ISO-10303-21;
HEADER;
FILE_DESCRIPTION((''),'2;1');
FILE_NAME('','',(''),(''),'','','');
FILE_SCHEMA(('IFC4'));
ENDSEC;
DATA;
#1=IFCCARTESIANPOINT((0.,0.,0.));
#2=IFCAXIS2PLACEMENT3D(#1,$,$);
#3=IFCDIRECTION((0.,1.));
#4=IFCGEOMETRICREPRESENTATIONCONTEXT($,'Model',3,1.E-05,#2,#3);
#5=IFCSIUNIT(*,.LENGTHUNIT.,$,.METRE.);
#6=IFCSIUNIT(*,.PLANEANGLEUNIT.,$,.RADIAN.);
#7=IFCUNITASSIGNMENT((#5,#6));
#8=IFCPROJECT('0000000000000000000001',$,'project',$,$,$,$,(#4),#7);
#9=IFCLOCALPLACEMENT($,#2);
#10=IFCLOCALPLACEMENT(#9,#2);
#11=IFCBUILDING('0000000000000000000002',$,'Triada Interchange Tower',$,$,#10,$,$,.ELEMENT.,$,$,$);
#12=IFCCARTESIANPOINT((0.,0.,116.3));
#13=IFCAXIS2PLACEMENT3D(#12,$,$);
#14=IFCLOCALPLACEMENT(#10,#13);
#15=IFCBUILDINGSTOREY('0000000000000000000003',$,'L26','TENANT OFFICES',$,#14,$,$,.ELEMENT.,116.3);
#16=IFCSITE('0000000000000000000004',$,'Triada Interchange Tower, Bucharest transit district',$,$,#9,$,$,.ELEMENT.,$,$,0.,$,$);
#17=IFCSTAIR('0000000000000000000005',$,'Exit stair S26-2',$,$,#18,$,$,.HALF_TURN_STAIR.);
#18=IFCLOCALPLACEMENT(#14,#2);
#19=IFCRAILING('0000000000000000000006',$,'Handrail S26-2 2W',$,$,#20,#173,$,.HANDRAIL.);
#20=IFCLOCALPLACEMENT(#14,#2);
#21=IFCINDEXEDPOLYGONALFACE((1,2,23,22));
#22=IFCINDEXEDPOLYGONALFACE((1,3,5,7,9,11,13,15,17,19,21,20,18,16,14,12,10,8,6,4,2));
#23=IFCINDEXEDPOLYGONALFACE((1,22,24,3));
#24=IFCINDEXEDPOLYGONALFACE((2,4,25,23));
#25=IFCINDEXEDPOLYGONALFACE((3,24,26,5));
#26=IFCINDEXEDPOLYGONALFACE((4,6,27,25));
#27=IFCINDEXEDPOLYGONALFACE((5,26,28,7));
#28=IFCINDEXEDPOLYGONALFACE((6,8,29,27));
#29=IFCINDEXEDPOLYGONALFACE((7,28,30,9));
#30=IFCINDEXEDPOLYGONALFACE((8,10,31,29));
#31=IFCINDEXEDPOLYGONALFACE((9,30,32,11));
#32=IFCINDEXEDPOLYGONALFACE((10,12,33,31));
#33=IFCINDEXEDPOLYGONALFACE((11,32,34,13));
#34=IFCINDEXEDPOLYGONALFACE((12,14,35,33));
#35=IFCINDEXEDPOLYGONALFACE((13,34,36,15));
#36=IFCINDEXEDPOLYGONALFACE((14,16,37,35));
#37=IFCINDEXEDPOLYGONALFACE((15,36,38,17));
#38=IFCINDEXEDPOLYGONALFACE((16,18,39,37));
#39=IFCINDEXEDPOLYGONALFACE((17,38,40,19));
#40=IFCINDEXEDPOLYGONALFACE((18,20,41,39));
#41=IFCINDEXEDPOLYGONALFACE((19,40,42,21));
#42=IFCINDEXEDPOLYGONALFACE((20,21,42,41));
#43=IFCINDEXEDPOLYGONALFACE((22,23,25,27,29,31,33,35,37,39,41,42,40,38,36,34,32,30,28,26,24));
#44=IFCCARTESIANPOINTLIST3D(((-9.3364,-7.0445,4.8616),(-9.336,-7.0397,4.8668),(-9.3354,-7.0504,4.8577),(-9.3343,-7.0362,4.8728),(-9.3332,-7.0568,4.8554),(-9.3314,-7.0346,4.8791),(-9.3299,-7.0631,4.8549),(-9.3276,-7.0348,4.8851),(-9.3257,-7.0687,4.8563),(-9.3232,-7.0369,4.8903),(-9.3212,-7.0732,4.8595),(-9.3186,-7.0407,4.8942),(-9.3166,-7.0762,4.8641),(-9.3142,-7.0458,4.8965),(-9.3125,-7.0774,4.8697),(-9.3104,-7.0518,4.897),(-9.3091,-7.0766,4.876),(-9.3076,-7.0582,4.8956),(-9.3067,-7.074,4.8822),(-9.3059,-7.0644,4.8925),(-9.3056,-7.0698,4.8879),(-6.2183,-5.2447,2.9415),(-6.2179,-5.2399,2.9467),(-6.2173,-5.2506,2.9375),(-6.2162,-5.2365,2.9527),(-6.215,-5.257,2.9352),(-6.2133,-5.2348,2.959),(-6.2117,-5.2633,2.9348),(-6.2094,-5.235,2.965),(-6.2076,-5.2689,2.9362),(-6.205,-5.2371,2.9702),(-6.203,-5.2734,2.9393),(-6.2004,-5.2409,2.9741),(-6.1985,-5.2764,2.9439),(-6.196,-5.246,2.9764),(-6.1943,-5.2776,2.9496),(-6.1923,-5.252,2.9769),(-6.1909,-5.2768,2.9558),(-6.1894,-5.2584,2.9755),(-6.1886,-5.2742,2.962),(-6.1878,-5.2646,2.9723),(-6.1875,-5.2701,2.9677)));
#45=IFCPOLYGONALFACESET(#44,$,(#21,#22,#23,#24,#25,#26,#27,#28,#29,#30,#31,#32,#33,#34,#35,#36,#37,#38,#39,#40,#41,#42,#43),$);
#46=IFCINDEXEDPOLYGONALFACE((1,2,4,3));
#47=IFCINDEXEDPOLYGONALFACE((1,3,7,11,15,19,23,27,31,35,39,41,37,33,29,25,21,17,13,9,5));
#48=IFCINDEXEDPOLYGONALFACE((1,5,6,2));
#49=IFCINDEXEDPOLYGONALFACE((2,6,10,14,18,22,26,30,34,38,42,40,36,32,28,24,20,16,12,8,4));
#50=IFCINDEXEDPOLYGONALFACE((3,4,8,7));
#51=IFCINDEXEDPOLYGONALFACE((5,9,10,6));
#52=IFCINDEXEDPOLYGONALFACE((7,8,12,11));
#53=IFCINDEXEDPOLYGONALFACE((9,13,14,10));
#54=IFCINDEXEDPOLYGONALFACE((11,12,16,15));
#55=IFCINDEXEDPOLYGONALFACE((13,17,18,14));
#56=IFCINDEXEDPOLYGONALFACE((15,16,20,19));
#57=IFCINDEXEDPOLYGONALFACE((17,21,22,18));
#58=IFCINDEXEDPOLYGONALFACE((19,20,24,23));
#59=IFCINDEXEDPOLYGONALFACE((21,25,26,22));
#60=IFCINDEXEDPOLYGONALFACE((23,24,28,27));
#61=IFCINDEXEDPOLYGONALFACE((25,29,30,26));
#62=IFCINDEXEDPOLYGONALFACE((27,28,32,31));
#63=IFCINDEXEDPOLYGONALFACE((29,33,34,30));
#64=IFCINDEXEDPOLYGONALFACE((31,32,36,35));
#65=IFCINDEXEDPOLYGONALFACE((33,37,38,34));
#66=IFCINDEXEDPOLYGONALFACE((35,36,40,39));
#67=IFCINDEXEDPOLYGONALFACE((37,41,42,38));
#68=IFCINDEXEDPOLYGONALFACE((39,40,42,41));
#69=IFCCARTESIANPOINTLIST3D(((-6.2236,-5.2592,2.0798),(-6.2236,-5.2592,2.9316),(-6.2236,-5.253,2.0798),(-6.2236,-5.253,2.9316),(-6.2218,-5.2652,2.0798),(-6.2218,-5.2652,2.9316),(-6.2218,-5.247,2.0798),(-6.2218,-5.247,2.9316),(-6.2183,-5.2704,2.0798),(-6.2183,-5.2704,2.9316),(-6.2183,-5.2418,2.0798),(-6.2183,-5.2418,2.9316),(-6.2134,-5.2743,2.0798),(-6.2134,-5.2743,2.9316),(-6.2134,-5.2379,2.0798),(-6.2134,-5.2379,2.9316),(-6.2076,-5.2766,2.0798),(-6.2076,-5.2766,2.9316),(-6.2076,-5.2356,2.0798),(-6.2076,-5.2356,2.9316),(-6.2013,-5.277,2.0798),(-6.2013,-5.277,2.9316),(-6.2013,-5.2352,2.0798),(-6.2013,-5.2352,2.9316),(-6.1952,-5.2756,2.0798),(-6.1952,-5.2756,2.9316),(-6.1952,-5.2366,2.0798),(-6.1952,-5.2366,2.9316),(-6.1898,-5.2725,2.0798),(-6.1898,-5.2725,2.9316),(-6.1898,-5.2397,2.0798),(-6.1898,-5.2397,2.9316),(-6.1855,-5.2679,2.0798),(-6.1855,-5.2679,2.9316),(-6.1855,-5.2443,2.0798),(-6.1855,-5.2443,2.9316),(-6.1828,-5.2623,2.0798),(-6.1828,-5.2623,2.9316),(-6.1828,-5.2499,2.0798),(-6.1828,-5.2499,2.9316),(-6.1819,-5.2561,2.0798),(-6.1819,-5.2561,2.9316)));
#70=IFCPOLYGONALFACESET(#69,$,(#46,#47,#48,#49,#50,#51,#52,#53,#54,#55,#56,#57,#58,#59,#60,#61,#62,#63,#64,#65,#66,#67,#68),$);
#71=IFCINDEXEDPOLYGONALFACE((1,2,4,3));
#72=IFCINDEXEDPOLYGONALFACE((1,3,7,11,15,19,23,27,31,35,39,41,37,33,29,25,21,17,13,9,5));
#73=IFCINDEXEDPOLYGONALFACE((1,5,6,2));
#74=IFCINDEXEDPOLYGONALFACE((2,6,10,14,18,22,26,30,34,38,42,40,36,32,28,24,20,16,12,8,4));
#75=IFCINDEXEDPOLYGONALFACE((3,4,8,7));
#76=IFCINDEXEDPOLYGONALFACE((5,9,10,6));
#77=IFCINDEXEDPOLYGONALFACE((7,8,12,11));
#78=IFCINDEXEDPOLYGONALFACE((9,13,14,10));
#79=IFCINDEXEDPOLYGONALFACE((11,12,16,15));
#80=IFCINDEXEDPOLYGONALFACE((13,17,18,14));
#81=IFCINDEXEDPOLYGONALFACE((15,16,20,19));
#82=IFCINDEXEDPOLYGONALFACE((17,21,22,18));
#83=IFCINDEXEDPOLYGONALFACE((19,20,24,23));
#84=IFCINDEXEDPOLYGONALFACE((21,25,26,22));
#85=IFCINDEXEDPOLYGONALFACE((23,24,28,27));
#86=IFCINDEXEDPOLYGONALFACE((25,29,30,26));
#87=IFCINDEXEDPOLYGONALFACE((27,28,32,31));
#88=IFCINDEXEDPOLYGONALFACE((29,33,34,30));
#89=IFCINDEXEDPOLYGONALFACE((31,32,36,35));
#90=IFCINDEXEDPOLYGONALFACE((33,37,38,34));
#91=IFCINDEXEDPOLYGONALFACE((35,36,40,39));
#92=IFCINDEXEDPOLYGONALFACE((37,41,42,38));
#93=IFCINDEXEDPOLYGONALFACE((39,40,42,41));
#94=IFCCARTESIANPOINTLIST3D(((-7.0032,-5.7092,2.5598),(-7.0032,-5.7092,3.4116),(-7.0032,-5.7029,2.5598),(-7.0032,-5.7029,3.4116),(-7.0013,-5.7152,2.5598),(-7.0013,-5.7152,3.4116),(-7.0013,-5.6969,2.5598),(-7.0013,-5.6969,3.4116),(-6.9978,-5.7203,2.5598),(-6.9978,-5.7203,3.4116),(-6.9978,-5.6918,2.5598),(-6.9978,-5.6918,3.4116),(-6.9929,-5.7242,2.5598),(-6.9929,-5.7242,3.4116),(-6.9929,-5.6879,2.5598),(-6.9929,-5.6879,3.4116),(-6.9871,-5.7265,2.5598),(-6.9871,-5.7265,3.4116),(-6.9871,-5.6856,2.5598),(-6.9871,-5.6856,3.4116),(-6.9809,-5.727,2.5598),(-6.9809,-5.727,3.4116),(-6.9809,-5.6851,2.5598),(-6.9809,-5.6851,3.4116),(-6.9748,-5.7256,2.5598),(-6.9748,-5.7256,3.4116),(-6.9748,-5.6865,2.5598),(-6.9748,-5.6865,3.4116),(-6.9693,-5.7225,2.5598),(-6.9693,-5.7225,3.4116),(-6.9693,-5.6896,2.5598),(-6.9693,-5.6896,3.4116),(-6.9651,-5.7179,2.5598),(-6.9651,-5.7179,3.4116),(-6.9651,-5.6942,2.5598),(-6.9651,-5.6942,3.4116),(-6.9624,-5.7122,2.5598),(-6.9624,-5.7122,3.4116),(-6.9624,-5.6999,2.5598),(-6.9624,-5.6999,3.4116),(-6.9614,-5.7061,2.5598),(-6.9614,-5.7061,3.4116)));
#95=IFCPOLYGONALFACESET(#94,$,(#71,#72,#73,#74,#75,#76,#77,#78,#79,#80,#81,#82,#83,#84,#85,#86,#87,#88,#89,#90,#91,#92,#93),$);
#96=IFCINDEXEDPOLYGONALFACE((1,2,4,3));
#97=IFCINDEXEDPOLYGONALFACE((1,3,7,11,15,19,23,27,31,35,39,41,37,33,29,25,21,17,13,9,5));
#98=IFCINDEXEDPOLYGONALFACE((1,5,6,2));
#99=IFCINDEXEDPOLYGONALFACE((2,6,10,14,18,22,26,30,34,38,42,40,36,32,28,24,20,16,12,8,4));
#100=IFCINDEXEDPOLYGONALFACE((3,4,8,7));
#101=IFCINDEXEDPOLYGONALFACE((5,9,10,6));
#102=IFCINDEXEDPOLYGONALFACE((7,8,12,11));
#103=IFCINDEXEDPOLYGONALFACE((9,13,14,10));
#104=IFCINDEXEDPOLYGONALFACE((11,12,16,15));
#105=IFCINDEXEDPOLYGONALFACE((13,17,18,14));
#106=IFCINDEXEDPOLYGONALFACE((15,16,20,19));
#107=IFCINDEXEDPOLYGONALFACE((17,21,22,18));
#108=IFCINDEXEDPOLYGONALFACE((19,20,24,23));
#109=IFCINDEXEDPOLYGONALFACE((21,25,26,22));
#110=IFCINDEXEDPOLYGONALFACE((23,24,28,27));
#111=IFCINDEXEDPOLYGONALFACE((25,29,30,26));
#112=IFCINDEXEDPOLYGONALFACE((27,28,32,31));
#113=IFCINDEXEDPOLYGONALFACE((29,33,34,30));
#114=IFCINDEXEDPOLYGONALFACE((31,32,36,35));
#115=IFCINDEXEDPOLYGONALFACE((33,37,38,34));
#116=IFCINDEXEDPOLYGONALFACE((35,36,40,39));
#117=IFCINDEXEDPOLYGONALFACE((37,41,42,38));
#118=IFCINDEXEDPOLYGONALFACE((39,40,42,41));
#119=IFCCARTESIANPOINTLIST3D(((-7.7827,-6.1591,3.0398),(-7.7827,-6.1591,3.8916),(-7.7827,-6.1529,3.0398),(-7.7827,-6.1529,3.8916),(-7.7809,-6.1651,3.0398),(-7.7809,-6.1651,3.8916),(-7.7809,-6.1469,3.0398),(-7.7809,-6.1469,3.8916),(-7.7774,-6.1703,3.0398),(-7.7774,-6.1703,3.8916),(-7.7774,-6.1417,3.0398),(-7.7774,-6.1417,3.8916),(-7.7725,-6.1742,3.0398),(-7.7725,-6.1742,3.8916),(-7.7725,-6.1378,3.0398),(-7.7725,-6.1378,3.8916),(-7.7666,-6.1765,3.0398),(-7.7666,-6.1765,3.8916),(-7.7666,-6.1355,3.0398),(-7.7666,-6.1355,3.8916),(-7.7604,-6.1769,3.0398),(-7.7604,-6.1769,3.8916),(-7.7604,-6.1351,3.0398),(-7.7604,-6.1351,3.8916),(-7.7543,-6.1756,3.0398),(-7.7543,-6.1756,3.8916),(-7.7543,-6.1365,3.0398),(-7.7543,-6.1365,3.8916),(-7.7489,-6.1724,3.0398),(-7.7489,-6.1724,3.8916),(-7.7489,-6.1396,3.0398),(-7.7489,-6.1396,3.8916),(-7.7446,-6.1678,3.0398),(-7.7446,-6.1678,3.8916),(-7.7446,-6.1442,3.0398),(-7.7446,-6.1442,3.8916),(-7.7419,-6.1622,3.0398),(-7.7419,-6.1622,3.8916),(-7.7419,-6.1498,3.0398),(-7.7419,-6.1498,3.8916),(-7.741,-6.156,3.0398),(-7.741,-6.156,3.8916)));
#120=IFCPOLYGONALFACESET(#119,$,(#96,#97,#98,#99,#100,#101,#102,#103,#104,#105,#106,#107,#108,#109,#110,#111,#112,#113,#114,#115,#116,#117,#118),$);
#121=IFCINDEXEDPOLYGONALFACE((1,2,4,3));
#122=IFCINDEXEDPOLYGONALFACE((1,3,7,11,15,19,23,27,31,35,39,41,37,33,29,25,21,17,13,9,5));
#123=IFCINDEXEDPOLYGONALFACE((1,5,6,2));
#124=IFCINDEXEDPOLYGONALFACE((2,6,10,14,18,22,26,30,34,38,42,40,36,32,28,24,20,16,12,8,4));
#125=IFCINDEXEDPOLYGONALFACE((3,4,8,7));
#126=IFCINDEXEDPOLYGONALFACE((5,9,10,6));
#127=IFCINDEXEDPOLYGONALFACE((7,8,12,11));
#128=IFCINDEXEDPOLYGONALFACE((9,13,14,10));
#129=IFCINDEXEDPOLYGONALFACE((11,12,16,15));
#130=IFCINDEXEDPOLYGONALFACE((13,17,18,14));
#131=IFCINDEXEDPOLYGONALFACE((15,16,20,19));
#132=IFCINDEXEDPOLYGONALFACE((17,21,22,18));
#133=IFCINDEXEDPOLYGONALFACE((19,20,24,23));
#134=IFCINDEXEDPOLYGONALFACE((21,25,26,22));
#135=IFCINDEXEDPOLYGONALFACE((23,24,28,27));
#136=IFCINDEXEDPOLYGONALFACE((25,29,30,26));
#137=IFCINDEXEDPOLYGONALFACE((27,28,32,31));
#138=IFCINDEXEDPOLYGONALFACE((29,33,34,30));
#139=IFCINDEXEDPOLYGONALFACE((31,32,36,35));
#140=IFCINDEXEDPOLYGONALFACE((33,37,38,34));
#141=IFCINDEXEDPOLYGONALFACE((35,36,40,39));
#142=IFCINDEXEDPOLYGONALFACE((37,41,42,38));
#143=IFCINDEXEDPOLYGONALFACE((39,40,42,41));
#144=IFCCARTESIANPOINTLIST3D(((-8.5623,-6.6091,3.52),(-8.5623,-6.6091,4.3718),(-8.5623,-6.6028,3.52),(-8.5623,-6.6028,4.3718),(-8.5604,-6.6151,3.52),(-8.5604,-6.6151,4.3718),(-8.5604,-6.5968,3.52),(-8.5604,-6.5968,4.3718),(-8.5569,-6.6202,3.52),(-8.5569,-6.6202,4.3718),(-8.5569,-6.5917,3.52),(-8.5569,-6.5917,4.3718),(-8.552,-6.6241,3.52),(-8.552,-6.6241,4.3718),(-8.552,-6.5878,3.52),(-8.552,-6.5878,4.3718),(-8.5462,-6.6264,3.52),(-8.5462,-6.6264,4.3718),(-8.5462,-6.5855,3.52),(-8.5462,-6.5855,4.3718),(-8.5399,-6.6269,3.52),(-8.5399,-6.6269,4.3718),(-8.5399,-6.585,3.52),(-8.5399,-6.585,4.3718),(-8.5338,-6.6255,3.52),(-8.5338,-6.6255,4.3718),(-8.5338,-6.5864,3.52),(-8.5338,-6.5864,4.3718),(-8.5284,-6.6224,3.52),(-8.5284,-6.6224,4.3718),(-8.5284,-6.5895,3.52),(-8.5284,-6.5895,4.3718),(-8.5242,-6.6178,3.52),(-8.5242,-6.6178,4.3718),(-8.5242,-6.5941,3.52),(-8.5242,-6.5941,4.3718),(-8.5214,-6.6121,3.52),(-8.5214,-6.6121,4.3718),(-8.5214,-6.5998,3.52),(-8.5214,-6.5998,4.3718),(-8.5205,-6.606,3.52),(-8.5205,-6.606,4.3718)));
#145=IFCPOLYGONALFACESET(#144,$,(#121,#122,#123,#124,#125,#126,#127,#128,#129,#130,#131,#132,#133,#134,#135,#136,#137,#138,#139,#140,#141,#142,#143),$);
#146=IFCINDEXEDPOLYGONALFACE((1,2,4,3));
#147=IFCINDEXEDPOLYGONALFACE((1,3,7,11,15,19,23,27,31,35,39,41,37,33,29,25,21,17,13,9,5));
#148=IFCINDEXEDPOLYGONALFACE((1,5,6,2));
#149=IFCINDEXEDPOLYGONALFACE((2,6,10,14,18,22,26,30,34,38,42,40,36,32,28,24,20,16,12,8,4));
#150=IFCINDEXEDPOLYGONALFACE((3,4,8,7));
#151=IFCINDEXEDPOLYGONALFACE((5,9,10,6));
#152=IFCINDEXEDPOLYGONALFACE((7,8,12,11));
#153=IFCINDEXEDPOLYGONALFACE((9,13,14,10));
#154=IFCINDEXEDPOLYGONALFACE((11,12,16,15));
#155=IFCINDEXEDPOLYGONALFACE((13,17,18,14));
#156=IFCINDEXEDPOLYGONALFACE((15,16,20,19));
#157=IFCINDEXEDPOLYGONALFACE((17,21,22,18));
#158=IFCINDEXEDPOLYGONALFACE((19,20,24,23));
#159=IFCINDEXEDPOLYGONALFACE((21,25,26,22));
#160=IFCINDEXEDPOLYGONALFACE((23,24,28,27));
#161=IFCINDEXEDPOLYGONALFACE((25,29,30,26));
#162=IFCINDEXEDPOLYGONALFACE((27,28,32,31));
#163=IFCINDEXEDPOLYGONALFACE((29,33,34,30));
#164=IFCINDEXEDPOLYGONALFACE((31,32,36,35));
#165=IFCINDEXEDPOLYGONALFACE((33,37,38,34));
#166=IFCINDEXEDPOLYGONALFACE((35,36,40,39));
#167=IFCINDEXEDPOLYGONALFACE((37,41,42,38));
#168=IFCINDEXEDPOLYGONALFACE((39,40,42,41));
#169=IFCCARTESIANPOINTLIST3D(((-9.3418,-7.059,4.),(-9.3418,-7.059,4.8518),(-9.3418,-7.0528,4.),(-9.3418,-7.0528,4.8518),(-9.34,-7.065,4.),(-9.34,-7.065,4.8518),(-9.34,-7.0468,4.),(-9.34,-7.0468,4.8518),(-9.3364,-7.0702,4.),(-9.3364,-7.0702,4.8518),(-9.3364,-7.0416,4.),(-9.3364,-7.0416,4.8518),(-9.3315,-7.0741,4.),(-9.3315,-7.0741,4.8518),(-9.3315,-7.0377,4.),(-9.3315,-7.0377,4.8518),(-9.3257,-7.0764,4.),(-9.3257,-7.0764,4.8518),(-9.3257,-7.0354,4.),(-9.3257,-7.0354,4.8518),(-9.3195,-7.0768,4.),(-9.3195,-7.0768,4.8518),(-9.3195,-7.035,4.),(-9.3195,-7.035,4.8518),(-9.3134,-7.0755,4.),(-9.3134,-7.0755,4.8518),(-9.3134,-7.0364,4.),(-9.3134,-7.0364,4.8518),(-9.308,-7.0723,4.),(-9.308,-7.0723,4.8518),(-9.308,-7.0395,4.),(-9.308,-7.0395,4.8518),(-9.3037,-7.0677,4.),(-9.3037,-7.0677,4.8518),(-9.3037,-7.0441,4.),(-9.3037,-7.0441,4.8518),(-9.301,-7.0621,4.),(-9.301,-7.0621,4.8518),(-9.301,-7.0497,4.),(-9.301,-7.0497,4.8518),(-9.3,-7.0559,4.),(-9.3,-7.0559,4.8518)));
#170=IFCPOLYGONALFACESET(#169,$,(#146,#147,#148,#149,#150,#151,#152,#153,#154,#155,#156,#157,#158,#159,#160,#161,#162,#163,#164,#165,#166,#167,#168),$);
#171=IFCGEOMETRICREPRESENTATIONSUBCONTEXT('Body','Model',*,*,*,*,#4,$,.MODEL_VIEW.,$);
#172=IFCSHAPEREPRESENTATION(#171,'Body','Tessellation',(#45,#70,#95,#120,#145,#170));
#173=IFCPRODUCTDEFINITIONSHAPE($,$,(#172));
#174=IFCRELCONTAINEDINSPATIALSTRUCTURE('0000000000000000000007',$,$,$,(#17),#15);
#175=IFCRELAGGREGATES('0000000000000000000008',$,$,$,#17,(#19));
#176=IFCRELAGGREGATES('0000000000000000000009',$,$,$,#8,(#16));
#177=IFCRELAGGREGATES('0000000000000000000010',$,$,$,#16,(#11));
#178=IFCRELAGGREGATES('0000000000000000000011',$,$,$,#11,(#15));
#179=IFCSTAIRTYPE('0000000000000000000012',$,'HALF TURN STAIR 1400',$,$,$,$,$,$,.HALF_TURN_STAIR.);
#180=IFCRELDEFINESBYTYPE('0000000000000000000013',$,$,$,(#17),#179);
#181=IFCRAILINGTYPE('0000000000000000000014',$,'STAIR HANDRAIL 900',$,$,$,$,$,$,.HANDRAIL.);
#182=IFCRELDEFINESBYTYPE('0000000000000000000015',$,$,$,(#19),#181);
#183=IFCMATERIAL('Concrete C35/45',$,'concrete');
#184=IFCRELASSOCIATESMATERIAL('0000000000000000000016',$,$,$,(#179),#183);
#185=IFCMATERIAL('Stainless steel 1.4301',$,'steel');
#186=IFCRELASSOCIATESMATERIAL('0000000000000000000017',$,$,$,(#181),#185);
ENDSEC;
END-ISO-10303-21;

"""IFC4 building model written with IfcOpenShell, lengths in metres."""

from ifc_helpers import new_model, si_unit, direction, frame, origin, origin_2d, place, context, subcontext, project, spatial, circle, extrude, material, type_object, element, aggregate, save


model = new_model("IFC4")

# Units and contexts
model_context = context("Model", 3, precision=1e-05, world=origin(), true_north=direction((0.0, 1.0)))
body_context = subcontext(model_context, "Body", "Model", "MODEL_VIEW")
ifc_project = project(units=[si_unit("LENGTHUNIT", "METRE"), si_unit("PLANEANGLEUNIT", "RADIAN")], contexts=[model_context])

# Site, building, storey
site_placement = place(None, origin())
site = spatial("IfcSite", under=ifc_project, at=site_placement, Name="Triada Interchange Tower, Bucharest transit district", CompositionType="ELEMENT", RefElevation=0.0)
building_placement = place(site_placement, origin())
building = spatial("IfcBuilding", under=site, at=building_placement, Name="Triada Interchange Tower", CompositionType="ELEMENT")
storey_placement = place(building_placement, frame((0.0, 0.0, 116.3)))
storey = spatial("IfcBuildingStorey", under=building, at=storey_placement, Name="L26", Description="TENANT OFFICES", CompositionType="ELEMENT", Elevation=116.3)

# Stair, railing
ifc_material_1 = material(Name="Concrete C35/45", Category="concrete")
stair_type = type_object("IfcStairType", Name="HALF TURN STAIR 1400", PredefinedType="HALF_TURN_STAIR", material=ifc_material_1)
stair_placement = place(storey_placement, origin())
stair = element("IfcStair", 1, at=stair_placement, inside=storey, type_object=stair_type, Name="Exit stair S26-2", PredefinedType="HALF_TURN_STAIR")
ifc_material_2 = material(Name="Stainless steel 1.4301", Category="steel")
railing_type = type_object("IfcRailingType", Name="STAIR HANDRAIL 900", PredefinedType="HANDRAIL", material=ifc_material_2)
railing_1_placement = place(storey_placement, frame((-6.2029, -5.2561, 2.0798)))
railing_1 = element("IfcRailing", 2, at=railing_1_placement, type_object=railing_type, Name="Handrail S26-2 2W", PredefinedType="HANDRAIL", context=body_context, shape_type="SweptSolid", body=[
    extrude(circle(Radius=0.0239, at=origin_2d()), frame((0.0, 0.0, 0.876), z_axis=(-0.76419, -0.44109, 0.470588), x_axis=(0.499902, -0.866082, 0.0)), (0.0, 0.0, 1.0), 4.0803),
    extrude(circle(Radius=0.021, at=origin_2d()), origin(), (0.0, 0.0, 1.0), 0.8518),
    extrude(circle(Radius=0.021, at=origin_2d()), frame((-0.7795, -0.45, 0.48)), (0.0, 0.0, 1.0), 0.8518),
    extrude(circle(Radius=0.021, at=origin_2d()), frame((-1.5591, -0.8999, 0.96)), (0.0, 0.0, 1.0), 0.8518),
    extrude(circle(Radius=0.021, at=origin_2d()), frame((-2.3386, -1.3499, 1.4402)), (0.0, 0.0, 1.0), 0.8518),
    extrude(circle(Radius=0.021, at=origin_2d()), frame((-3.1182, -1.7998, 1.9202)), (0.0, 0.0, 1.0), 0.8518),
])
aggregate(stair, [railing_1])

save(model, "model.ifc")
